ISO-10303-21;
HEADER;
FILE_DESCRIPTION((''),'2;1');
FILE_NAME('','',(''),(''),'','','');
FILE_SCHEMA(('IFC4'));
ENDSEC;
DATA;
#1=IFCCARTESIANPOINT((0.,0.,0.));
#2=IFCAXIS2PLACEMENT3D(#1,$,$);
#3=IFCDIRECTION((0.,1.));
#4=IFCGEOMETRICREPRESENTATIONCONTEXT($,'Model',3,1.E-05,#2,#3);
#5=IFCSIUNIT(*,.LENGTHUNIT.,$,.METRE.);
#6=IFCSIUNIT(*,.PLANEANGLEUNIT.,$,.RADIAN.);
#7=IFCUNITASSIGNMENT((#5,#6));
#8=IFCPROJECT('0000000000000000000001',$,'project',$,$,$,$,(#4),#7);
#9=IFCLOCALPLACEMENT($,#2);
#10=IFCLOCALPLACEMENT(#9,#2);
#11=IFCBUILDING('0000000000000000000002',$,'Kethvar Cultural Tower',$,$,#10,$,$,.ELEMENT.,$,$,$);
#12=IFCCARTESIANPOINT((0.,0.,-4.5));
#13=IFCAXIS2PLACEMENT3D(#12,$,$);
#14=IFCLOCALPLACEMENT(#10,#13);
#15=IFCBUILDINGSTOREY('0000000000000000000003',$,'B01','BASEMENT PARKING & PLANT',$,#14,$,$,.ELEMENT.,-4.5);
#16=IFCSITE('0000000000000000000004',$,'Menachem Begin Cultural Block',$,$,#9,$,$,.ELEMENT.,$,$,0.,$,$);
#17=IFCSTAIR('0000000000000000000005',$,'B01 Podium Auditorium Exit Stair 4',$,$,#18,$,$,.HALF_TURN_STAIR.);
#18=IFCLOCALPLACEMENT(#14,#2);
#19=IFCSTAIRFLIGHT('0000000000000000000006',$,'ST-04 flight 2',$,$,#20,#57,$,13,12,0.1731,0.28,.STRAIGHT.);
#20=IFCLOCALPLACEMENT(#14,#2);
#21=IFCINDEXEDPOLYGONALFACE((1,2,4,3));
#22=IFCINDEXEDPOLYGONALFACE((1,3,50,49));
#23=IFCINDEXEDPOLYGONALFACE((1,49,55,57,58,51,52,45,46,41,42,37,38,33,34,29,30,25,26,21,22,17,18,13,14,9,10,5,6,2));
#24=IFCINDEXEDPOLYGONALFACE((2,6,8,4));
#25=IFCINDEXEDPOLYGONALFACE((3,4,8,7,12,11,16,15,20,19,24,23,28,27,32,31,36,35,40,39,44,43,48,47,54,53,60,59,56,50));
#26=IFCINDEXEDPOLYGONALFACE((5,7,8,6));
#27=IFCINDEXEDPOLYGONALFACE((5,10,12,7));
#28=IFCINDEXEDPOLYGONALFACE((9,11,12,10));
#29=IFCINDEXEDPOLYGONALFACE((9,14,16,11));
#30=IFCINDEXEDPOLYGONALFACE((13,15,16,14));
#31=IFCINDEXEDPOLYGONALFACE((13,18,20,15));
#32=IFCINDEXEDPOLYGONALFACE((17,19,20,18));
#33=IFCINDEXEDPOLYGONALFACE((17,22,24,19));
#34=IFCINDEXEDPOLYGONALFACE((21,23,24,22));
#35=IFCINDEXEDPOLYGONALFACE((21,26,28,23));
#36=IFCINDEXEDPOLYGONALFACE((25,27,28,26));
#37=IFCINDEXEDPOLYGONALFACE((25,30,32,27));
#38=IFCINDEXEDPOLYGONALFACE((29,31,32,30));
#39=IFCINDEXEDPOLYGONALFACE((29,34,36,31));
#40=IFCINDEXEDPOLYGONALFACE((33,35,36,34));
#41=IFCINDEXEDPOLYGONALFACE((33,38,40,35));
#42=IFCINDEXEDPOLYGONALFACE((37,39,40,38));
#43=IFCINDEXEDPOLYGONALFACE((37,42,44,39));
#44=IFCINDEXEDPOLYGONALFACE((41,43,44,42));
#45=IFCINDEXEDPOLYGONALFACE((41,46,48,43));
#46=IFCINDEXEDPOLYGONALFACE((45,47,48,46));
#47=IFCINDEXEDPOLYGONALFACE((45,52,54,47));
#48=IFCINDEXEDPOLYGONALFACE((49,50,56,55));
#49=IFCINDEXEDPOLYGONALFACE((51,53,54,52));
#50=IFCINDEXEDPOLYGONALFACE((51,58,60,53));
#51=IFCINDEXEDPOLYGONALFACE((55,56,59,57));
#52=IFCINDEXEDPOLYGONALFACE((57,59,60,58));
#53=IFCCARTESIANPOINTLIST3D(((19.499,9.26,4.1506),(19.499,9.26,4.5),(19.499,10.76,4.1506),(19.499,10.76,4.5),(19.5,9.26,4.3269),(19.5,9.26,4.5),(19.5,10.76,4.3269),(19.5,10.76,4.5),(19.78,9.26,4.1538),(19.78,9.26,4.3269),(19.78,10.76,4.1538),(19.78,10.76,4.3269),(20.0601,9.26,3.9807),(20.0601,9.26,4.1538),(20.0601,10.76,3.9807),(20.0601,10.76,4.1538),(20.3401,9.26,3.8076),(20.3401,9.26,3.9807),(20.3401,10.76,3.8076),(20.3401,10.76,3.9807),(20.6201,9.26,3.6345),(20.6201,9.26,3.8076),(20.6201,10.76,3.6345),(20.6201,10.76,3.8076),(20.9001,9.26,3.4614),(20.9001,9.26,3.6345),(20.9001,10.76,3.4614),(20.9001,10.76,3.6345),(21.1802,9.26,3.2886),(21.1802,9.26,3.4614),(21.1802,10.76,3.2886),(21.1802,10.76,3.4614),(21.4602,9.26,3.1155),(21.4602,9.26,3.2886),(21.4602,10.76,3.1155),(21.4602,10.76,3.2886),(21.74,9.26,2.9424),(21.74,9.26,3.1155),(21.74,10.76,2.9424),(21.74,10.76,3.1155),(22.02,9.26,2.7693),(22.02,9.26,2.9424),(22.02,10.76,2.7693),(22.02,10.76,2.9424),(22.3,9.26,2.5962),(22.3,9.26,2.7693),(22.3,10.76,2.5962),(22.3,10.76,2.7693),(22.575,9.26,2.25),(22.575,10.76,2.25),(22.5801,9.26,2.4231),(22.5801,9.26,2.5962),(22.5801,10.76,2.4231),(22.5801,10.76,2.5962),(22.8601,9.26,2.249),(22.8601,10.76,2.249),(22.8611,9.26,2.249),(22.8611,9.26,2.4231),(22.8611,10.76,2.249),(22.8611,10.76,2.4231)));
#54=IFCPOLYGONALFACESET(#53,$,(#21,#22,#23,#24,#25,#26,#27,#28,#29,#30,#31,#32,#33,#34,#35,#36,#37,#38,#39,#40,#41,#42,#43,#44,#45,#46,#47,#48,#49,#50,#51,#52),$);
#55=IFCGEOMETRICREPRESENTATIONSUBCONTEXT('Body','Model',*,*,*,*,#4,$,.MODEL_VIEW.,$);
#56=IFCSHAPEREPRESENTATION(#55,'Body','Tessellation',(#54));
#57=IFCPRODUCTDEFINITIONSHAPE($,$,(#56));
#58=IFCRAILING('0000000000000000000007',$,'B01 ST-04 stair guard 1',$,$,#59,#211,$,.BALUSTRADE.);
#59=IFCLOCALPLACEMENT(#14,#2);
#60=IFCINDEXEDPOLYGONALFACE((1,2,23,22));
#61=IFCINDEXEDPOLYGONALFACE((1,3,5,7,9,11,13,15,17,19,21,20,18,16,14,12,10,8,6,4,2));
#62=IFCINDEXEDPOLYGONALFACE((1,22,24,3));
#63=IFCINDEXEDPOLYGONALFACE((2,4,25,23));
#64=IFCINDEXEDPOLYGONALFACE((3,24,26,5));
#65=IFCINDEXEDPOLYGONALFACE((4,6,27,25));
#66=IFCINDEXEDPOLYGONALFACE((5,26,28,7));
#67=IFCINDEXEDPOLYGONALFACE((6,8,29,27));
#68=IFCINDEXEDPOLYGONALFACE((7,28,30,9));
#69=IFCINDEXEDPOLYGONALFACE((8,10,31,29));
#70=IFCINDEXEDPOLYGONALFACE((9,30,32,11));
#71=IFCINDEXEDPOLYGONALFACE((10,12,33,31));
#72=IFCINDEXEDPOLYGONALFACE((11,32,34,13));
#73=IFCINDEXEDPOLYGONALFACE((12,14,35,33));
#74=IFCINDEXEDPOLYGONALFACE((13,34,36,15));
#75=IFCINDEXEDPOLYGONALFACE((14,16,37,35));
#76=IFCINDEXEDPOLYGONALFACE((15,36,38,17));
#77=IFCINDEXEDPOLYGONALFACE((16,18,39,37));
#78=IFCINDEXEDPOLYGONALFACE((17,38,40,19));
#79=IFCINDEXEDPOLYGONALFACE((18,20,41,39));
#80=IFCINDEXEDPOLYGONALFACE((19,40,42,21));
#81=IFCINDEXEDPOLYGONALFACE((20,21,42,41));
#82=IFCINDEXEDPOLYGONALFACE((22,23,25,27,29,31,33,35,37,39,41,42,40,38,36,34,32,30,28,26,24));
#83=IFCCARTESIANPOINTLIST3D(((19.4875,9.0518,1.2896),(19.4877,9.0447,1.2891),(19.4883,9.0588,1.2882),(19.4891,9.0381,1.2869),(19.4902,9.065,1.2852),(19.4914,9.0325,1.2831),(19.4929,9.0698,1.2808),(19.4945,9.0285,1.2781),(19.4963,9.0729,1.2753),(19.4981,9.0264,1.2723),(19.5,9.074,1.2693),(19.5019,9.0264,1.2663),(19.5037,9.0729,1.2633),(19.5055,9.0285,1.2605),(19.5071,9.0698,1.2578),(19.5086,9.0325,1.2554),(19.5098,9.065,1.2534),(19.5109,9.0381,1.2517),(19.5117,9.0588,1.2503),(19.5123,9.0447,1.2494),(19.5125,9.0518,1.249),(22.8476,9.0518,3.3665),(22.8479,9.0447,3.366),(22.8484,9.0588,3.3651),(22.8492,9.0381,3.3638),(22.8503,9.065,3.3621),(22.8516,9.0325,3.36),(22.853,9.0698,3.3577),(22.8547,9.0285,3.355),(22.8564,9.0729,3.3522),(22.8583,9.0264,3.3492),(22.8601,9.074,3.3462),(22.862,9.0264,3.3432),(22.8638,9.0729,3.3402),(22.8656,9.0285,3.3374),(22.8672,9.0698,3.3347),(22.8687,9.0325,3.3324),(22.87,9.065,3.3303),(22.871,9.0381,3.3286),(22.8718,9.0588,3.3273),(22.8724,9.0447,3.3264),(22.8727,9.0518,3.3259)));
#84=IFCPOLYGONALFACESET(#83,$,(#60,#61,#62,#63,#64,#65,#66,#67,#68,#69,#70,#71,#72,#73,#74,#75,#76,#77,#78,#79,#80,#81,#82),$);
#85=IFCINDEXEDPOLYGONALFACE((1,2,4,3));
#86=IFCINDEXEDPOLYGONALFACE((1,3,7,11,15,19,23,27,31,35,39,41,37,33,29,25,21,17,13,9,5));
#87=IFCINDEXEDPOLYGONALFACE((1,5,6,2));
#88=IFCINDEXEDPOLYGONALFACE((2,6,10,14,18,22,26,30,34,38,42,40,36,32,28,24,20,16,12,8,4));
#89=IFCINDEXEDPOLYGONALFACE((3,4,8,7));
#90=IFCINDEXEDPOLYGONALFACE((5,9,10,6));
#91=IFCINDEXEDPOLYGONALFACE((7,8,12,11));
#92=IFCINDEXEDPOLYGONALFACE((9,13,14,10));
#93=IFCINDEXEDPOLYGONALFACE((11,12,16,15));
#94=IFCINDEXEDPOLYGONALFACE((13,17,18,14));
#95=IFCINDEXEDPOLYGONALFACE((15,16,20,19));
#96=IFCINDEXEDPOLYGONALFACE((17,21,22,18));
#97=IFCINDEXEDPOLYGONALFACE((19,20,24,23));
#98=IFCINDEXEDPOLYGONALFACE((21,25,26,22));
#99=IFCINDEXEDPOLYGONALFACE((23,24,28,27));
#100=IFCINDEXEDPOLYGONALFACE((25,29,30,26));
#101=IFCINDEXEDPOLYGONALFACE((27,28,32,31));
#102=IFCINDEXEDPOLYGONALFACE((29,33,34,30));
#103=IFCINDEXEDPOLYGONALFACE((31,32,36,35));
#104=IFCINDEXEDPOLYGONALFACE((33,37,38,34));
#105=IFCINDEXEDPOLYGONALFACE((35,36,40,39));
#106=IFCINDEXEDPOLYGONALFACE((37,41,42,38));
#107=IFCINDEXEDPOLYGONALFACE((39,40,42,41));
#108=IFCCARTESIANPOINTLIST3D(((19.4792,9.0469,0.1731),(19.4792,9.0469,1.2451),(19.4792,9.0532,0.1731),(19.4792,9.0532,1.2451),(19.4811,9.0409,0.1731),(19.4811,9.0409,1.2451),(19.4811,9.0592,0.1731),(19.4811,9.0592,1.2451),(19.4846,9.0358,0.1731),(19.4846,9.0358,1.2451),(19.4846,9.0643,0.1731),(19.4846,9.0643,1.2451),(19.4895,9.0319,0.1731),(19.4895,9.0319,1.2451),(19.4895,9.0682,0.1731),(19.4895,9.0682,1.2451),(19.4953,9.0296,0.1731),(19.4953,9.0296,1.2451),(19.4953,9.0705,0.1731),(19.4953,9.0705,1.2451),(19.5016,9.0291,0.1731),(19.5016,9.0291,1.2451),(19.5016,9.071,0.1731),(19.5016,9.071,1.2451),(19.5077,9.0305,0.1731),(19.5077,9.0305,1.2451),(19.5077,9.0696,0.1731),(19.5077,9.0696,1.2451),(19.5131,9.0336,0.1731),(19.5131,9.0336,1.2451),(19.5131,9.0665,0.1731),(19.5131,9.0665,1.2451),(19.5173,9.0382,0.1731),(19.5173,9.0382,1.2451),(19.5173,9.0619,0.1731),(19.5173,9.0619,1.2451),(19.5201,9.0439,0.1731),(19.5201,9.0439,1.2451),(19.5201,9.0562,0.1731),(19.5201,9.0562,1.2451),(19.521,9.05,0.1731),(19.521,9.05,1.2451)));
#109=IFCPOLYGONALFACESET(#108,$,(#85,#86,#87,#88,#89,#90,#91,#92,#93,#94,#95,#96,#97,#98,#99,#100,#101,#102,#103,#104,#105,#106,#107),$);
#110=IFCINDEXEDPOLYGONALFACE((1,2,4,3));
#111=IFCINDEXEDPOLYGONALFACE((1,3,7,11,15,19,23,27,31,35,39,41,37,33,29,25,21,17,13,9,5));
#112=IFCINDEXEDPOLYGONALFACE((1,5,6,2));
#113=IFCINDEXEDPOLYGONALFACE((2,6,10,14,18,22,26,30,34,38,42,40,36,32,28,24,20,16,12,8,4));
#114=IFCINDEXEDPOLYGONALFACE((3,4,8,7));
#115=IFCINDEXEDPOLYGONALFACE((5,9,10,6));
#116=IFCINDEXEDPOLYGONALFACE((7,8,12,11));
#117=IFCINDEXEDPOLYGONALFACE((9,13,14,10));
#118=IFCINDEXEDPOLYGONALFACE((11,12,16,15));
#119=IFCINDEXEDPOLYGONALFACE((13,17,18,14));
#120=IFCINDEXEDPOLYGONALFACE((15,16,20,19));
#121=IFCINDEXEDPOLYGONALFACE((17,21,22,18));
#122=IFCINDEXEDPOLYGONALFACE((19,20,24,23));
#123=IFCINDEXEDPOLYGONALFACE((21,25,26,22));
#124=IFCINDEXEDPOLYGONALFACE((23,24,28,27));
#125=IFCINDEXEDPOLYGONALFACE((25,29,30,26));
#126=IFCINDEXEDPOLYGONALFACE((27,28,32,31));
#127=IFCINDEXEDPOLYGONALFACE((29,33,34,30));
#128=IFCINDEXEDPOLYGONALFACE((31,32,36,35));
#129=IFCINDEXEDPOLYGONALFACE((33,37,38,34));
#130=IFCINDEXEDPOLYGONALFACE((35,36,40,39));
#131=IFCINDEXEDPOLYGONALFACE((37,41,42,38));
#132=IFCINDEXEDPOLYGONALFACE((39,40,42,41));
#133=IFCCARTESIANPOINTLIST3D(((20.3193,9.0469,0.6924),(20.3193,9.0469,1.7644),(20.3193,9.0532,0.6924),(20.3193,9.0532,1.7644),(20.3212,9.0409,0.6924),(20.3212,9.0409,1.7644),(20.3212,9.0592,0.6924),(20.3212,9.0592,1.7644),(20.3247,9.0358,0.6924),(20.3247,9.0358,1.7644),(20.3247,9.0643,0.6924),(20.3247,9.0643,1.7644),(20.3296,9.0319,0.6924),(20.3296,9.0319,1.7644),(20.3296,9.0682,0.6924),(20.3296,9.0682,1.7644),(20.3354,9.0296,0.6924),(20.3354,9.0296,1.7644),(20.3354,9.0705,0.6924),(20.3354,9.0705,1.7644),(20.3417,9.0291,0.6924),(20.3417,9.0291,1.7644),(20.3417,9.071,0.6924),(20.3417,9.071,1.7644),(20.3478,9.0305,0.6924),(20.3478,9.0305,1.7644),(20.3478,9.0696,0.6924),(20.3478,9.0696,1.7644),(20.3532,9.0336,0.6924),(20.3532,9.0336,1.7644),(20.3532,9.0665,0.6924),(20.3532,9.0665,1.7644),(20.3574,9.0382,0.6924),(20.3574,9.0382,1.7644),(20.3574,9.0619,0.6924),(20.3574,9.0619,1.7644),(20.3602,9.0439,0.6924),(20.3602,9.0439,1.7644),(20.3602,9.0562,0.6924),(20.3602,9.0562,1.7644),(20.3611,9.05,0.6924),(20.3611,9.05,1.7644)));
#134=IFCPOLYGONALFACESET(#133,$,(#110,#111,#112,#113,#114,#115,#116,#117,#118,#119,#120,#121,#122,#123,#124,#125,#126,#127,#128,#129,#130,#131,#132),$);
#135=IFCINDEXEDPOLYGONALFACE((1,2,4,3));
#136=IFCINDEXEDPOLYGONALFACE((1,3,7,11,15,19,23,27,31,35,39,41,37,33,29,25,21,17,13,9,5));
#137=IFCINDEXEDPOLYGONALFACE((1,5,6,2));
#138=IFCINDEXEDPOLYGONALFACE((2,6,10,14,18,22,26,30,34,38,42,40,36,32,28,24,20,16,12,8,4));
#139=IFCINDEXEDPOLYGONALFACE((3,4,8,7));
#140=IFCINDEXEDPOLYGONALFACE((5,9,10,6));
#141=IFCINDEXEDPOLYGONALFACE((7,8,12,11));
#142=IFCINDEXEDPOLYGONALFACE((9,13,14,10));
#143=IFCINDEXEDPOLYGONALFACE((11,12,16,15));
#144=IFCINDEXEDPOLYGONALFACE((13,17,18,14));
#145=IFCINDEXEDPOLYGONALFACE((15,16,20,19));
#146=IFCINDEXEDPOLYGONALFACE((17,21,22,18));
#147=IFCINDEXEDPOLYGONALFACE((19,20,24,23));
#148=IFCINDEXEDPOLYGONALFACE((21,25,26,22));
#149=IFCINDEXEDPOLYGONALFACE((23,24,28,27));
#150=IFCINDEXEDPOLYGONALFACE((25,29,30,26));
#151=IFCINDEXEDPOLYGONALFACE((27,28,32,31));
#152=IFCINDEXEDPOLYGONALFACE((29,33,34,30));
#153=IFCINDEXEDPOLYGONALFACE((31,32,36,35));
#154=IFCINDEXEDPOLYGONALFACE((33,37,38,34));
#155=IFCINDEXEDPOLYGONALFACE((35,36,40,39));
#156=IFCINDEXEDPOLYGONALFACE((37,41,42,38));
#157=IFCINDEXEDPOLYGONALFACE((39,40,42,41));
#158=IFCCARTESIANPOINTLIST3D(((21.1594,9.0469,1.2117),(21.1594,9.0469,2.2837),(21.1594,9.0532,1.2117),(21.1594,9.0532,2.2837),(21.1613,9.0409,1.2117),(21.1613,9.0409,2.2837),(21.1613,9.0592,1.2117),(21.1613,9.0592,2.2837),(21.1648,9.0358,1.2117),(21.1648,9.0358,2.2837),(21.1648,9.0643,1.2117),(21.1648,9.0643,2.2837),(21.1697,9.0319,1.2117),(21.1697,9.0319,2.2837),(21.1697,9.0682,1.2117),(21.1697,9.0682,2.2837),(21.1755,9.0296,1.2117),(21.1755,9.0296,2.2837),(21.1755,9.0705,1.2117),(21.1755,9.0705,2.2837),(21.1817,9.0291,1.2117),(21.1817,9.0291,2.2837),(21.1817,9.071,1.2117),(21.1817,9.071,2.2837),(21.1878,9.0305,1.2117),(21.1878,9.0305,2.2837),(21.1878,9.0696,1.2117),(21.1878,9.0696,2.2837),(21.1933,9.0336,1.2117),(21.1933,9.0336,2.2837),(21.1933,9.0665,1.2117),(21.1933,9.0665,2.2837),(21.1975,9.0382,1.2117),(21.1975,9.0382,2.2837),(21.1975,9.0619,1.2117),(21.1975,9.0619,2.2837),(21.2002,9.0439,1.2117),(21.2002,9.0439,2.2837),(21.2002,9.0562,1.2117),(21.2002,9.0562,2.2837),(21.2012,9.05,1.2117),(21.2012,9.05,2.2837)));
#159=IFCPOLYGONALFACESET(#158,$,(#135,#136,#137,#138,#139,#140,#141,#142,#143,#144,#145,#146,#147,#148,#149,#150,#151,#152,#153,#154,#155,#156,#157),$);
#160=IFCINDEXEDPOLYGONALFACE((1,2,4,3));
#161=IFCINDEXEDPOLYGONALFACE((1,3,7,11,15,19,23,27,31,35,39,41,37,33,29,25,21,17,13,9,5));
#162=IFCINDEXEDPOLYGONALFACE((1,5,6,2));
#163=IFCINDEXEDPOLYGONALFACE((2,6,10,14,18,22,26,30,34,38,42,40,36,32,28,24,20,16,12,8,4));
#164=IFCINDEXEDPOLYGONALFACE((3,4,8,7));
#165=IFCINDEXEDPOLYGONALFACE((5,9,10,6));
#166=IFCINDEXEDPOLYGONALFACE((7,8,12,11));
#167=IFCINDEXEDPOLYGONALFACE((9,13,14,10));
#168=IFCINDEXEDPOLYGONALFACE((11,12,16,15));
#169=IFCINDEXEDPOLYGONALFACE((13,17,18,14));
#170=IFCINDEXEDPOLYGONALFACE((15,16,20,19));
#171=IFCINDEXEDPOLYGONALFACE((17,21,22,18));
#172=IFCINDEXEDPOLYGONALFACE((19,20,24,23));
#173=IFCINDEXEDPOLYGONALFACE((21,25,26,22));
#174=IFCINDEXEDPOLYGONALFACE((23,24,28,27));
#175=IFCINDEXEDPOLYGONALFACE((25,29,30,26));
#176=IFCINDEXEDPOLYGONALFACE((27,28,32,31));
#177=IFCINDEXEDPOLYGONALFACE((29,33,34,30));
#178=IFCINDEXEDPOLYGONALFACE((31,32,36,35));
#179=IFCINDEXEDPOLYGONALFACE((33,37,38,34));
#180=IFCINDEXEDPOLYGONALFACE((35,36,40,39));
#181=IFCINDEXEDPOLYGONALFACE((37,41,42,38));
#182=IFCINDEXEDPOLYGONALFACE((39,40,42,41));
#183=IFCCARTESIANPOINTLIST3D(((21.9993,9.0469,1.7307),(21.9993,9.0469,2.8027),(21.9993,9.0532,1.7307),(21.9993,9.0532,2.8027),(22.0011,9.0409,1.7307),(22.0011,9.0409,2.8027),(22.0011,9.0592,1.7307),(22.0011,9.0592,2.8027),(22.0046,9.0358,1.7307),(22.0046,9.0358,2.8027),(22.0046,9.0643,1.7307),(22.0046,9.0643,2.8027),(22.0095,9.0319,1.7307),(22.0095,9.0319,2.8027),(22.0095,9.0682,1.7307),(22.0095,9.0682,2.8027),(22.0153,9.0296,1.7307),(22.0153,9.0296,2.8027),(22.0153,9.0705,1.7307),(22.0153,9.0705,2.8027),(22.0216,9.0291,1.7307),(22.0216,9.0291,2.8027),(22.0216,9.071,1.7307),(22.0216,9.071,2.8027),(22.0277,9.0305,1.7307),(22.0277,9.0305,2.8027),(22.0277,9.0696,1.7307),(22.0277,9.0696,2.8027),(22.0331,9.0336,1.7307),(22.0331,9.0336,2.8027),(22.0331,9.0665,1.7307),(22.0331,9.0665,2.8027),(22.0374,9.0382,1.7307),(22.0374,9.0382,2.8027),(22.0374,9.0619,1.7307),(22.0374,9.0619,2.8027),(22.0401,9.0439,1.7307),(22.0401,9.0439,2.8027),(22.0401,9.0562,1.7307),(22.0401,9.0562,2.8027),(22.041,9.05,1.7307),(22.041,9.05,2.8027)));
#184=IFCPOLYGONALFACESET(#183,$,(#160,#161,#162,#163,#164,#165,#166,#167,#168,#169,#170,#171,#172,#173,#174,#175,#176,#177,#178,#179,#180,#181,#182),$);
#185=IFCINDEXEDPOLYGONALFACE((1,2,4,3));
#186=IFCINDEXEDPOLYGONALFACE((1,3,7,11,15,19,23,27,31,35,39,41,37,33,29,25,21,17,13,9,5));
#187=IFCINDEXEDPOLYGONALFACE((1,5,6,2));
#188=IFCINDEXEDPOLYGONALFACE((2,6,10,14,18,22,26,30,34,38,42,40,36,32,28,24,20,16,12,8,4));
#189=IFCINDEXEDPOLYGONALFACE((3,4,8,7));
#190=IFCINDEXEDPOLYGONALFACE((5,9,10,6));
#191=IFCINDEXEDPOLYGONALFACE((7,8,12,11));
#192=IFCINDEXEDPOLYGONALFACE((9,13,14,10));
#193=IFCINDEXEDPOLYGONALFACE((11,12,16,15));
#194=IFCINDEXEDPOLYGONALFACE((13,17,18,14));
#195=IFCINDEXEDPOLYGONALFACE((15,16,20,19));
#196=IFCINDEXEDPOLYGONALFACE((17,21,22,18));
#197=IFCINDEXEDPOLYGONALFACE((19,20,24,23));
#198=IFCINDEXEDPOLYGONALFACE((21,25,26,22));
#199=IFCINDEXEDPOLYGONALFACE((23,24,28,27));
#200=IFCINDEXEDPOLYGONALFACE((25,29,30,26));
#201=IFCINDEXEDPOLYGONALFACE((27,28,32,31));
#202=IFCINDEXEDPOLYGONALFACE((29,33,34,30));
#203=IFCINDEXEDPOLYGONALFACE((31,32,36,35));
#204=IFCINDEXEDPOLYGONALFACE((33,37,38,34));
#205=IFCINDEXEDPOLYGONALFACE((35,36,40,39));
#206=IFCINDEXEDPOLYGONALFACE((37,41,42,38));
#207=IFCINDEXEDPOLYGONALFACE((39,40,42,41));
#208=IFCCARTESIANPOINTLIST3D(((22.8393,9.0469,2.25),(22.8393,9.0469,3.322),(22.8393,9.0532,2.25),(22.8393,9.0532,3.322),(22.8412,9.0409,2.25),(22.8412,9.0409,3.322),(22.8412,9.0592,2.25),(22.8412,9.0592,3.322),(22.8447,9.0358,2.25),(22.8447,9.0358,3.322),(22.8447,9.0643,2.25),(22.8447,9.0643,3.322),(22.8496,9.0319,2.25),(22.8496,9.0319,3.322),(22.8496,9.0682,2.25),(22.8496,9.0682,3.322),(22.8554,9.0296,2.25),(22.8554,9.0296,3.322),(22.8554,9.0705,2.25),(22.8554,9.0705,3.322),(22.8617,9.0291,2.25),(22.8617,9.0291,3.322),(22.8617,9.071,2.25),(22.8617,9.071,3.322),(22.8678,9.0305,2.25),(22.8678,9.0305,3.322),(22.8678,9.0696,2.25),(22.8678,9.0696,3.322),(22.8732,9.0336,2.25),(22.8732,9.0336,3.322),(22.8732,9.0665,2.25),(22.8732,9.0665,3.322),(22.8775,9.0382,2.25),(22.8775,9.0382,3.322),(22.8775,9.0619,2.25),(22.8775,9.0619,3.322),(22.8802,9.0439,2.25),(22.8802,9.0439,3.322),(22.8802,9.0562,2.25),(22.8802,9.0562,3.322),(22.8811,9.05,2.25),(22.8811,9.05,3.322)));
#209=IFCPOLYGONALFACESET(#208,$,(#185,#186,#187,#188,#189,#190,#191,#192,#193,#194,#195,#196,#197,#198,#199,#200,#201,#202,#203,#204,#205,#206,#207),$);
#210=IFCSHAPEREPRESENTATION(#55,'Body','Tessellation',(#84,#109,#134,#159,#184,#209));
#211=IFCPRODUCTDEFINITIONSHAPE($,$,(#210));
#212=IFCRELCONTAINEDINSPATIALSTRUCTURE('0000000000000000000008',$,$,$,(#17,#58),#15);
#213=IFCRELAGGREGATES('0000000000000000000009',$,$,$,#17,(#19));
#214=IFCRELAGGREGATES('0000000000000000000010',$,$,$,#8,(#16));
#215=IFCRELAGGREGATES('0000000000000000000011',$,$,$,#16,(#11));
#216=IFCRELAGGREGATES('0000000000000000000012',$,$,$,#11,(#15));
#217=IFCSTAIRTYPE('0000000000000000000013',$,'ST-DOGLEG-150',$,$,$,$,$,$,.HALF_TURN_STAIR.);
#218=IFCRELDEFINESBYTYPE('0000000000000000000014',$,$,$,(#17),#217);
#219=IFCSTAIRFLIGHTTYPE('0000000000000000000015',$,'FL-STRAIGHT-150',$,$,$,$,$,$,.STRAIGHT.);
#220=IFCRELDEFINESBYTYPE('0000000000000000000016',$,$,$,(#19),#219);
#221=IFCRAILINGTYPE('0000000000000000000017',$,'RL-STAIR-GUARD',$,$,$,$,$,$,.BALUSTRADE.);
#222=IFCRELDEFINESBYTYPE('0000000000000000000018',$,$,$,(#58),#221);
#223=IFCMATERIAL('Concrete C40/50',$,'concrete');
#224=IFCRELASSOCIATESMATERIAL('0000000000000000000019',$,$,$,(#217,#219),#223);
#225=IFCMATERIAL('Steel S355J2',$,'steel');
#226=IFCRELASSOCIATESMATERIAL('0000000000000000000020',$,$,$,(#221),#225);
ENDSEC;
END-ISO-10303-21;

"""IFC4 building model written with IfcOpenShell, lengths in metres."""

from ifc_helpers import new_model, si_unit, direction, frame, origin, origin_2d, place, context, subcontext, project, spatial, polyline, circle, outline, extrude, material, type_object, element, aggregate, save


model = new_model("IFC4")

# Units and contexts
model_context = context("Model", 3, precision=1e-05, world=origin(), true_north=direction((0.0, 1.0)))
body_context = subcontext(model_context, "Body", "Model", "MODEL_VIEW")
ifc_project = project(units=[si_unit("LENGTHUNIT", "METRE"), si_unit("PLANEANGLEUNIT", "RADIAN")], contexts=[model_context])

# Site, building, storey
site_placement = place(None, origin())
site = spatial("IfcSite", under=ifc_project, at=site_placement, Name="Menachem Begin Cultural Block", CompositionType="ELEMENT", RefElevation=0.0)
building_placement = place(site_placement, origin())
building = spatial("IfcBuilding", under=site, at=building_placement, Name="Kethvar Cultural Tower", CompositionType="ELEMENT")
storey_placement = place(building_placement, frame((0.0, 0.0, -4.5)))
storey = spatial("IfcBuildingStorey", under=building, at=storey_placement, Name="B01", Description="BASEMENT PARKING & PLANT", CompositionType="ELEMENT", Elevation=-4.5)

# Shared definitions
ifc_material_1 = material(Name="Steel S355J2", Category="steel")

# Shared definitions
ifc_material_2 = material(Name="Concrete C40/50", Category="concrete")

# Stair
stair_type_1 = type_object("IfcStairType", Name="ST-DOGLEG-150", PredefinedType="HALF_TURN_STAIR", material=ifc_material_2)
stair_1_placement = place(storey_placement, origin())
stair_1 = element("IfcStair", 1, at=stair_1_placement, inside=storey, type_object=stair_type_1, Name="B01 Podium Auditorium Exit Stair 4", PredefinedType="HALF_TURN_STAIR")

# Stair flight
stair_flight_type = type_object("IfcStairFlightType", Name="FL-STRAIGHT-150", PredefinedType="STRAIGHT", material=ifc_material_2)
stair_flight_1_placement = place(storey_placement, frame((22.8601, 10.01, 2.25), z_axis=(0.0, 0.0, 1.0), x_axis=(-1.0, 0.0, 0.0)))
stair_flight_1 = element("IfcStairFlight", 2, at=stair_flight_1_placement, type_object=stair_flight_type, Name="ST-04 flight 2", NumberOfRisers=13, NumberOfTreads=12, PredefinedType="STRAIGHT", RiserHeight=0.1731, TreadLength=0.28, context=body_context, shape_type="SweptSolid", body=[
    extrude(outline(polyline([(-0.001, -0.001), (-0.001, 0.1731), (0.28, 0.1731), (0.28, 0.3462), (0.5601, 0.3462), (0.5601, 0.5193), (0.8401, 0.5193), (0.8401, 0.6924), (1.1201, 0.6924), (1.1201, 0.8655), (1.3999, 0.8655), (1.3999, 1.0386), (1.6799, 1.0386), (1.6799, 1.2114), (1.96, 1.2114), (1.96, 1.3845), (2.24, 1.3845), (2.24, 1.5576), (2.52, 1.5576), (2.52, 1.7307), (2.8, 1.7307), (2.8, 1.9038), (3.0801, 1.9038), (3.0801, 2.0769), (3.3601, 2.0769), (3.3601, 2.25), (3.3611, 2.25), (3.3611, 1.9006), (0.2852, 0.0), (0.0, -0.001), (-0.001, -0.001)])), frame((0.0, 0.75, 0.0), z_axis=(0.0, -1.0, 0.0), x_axis=(1.0, 0.0, 0.0)), (0.0, 0.0, 1.0), 1.5),
])
aggregate(stair_1, [stair_flight_1])

# Railing
railing_type_1 = type_object("IfcRailingType", Name="RL-STAIR-GUARD", PredefinedType="BALUSTRADE", material=ifc_material_1)
railing_1_placement = place(storey_placement, frame((19.5, 9.05, 0.1731)))
element("IfcRailing", 3, at=railing_1_placement, inside=storey, type_object=railing_type_1, Name="B01 ST-04 stair guard 1", PredefinedType="BALUSTRADE", context=body_context, shape_type="SweptSolid", body=[
    extrude(circle(Radius=0.0239, at=origin_2d()), frame((0.0, 0.0, 1.0962), z_axis=(0.850623, 0.0, 0.525776), x_axis=(0.0, 1.0, 0.0)), (0.0, 0.0, 1.0), 3.9502),
    extrude(circle(Radius=0.021, at=origin_2d()), origin(), (0.0, 0.0, 1.0), 1.072),
    extrude(circle(Radius=0.021, at=origin_2d()), frame((0.8401, 0.0, 0.5193)), (0.0, 0.0, 1.0), 1.072),
    extrude(circle(Radius=0.021, at=origin_2d()), frame((1.6802, 0.0, 1.0386)), (0.0, 0.0, 1.0), 1.072),
    extrude(circle(Radius=0.021, at=origin_2d()), frame((2.52, 0.0, 1.5576)), (0.0, 0.0, 1.0), 1.072),
    extrude(circle(Radius=0.021, at=origin_2d()), frame((3.3601, 0.0, 2.0769)), (0.0, 0.0, 1.0), 1.072),
])

save(model, "model.ifc")
